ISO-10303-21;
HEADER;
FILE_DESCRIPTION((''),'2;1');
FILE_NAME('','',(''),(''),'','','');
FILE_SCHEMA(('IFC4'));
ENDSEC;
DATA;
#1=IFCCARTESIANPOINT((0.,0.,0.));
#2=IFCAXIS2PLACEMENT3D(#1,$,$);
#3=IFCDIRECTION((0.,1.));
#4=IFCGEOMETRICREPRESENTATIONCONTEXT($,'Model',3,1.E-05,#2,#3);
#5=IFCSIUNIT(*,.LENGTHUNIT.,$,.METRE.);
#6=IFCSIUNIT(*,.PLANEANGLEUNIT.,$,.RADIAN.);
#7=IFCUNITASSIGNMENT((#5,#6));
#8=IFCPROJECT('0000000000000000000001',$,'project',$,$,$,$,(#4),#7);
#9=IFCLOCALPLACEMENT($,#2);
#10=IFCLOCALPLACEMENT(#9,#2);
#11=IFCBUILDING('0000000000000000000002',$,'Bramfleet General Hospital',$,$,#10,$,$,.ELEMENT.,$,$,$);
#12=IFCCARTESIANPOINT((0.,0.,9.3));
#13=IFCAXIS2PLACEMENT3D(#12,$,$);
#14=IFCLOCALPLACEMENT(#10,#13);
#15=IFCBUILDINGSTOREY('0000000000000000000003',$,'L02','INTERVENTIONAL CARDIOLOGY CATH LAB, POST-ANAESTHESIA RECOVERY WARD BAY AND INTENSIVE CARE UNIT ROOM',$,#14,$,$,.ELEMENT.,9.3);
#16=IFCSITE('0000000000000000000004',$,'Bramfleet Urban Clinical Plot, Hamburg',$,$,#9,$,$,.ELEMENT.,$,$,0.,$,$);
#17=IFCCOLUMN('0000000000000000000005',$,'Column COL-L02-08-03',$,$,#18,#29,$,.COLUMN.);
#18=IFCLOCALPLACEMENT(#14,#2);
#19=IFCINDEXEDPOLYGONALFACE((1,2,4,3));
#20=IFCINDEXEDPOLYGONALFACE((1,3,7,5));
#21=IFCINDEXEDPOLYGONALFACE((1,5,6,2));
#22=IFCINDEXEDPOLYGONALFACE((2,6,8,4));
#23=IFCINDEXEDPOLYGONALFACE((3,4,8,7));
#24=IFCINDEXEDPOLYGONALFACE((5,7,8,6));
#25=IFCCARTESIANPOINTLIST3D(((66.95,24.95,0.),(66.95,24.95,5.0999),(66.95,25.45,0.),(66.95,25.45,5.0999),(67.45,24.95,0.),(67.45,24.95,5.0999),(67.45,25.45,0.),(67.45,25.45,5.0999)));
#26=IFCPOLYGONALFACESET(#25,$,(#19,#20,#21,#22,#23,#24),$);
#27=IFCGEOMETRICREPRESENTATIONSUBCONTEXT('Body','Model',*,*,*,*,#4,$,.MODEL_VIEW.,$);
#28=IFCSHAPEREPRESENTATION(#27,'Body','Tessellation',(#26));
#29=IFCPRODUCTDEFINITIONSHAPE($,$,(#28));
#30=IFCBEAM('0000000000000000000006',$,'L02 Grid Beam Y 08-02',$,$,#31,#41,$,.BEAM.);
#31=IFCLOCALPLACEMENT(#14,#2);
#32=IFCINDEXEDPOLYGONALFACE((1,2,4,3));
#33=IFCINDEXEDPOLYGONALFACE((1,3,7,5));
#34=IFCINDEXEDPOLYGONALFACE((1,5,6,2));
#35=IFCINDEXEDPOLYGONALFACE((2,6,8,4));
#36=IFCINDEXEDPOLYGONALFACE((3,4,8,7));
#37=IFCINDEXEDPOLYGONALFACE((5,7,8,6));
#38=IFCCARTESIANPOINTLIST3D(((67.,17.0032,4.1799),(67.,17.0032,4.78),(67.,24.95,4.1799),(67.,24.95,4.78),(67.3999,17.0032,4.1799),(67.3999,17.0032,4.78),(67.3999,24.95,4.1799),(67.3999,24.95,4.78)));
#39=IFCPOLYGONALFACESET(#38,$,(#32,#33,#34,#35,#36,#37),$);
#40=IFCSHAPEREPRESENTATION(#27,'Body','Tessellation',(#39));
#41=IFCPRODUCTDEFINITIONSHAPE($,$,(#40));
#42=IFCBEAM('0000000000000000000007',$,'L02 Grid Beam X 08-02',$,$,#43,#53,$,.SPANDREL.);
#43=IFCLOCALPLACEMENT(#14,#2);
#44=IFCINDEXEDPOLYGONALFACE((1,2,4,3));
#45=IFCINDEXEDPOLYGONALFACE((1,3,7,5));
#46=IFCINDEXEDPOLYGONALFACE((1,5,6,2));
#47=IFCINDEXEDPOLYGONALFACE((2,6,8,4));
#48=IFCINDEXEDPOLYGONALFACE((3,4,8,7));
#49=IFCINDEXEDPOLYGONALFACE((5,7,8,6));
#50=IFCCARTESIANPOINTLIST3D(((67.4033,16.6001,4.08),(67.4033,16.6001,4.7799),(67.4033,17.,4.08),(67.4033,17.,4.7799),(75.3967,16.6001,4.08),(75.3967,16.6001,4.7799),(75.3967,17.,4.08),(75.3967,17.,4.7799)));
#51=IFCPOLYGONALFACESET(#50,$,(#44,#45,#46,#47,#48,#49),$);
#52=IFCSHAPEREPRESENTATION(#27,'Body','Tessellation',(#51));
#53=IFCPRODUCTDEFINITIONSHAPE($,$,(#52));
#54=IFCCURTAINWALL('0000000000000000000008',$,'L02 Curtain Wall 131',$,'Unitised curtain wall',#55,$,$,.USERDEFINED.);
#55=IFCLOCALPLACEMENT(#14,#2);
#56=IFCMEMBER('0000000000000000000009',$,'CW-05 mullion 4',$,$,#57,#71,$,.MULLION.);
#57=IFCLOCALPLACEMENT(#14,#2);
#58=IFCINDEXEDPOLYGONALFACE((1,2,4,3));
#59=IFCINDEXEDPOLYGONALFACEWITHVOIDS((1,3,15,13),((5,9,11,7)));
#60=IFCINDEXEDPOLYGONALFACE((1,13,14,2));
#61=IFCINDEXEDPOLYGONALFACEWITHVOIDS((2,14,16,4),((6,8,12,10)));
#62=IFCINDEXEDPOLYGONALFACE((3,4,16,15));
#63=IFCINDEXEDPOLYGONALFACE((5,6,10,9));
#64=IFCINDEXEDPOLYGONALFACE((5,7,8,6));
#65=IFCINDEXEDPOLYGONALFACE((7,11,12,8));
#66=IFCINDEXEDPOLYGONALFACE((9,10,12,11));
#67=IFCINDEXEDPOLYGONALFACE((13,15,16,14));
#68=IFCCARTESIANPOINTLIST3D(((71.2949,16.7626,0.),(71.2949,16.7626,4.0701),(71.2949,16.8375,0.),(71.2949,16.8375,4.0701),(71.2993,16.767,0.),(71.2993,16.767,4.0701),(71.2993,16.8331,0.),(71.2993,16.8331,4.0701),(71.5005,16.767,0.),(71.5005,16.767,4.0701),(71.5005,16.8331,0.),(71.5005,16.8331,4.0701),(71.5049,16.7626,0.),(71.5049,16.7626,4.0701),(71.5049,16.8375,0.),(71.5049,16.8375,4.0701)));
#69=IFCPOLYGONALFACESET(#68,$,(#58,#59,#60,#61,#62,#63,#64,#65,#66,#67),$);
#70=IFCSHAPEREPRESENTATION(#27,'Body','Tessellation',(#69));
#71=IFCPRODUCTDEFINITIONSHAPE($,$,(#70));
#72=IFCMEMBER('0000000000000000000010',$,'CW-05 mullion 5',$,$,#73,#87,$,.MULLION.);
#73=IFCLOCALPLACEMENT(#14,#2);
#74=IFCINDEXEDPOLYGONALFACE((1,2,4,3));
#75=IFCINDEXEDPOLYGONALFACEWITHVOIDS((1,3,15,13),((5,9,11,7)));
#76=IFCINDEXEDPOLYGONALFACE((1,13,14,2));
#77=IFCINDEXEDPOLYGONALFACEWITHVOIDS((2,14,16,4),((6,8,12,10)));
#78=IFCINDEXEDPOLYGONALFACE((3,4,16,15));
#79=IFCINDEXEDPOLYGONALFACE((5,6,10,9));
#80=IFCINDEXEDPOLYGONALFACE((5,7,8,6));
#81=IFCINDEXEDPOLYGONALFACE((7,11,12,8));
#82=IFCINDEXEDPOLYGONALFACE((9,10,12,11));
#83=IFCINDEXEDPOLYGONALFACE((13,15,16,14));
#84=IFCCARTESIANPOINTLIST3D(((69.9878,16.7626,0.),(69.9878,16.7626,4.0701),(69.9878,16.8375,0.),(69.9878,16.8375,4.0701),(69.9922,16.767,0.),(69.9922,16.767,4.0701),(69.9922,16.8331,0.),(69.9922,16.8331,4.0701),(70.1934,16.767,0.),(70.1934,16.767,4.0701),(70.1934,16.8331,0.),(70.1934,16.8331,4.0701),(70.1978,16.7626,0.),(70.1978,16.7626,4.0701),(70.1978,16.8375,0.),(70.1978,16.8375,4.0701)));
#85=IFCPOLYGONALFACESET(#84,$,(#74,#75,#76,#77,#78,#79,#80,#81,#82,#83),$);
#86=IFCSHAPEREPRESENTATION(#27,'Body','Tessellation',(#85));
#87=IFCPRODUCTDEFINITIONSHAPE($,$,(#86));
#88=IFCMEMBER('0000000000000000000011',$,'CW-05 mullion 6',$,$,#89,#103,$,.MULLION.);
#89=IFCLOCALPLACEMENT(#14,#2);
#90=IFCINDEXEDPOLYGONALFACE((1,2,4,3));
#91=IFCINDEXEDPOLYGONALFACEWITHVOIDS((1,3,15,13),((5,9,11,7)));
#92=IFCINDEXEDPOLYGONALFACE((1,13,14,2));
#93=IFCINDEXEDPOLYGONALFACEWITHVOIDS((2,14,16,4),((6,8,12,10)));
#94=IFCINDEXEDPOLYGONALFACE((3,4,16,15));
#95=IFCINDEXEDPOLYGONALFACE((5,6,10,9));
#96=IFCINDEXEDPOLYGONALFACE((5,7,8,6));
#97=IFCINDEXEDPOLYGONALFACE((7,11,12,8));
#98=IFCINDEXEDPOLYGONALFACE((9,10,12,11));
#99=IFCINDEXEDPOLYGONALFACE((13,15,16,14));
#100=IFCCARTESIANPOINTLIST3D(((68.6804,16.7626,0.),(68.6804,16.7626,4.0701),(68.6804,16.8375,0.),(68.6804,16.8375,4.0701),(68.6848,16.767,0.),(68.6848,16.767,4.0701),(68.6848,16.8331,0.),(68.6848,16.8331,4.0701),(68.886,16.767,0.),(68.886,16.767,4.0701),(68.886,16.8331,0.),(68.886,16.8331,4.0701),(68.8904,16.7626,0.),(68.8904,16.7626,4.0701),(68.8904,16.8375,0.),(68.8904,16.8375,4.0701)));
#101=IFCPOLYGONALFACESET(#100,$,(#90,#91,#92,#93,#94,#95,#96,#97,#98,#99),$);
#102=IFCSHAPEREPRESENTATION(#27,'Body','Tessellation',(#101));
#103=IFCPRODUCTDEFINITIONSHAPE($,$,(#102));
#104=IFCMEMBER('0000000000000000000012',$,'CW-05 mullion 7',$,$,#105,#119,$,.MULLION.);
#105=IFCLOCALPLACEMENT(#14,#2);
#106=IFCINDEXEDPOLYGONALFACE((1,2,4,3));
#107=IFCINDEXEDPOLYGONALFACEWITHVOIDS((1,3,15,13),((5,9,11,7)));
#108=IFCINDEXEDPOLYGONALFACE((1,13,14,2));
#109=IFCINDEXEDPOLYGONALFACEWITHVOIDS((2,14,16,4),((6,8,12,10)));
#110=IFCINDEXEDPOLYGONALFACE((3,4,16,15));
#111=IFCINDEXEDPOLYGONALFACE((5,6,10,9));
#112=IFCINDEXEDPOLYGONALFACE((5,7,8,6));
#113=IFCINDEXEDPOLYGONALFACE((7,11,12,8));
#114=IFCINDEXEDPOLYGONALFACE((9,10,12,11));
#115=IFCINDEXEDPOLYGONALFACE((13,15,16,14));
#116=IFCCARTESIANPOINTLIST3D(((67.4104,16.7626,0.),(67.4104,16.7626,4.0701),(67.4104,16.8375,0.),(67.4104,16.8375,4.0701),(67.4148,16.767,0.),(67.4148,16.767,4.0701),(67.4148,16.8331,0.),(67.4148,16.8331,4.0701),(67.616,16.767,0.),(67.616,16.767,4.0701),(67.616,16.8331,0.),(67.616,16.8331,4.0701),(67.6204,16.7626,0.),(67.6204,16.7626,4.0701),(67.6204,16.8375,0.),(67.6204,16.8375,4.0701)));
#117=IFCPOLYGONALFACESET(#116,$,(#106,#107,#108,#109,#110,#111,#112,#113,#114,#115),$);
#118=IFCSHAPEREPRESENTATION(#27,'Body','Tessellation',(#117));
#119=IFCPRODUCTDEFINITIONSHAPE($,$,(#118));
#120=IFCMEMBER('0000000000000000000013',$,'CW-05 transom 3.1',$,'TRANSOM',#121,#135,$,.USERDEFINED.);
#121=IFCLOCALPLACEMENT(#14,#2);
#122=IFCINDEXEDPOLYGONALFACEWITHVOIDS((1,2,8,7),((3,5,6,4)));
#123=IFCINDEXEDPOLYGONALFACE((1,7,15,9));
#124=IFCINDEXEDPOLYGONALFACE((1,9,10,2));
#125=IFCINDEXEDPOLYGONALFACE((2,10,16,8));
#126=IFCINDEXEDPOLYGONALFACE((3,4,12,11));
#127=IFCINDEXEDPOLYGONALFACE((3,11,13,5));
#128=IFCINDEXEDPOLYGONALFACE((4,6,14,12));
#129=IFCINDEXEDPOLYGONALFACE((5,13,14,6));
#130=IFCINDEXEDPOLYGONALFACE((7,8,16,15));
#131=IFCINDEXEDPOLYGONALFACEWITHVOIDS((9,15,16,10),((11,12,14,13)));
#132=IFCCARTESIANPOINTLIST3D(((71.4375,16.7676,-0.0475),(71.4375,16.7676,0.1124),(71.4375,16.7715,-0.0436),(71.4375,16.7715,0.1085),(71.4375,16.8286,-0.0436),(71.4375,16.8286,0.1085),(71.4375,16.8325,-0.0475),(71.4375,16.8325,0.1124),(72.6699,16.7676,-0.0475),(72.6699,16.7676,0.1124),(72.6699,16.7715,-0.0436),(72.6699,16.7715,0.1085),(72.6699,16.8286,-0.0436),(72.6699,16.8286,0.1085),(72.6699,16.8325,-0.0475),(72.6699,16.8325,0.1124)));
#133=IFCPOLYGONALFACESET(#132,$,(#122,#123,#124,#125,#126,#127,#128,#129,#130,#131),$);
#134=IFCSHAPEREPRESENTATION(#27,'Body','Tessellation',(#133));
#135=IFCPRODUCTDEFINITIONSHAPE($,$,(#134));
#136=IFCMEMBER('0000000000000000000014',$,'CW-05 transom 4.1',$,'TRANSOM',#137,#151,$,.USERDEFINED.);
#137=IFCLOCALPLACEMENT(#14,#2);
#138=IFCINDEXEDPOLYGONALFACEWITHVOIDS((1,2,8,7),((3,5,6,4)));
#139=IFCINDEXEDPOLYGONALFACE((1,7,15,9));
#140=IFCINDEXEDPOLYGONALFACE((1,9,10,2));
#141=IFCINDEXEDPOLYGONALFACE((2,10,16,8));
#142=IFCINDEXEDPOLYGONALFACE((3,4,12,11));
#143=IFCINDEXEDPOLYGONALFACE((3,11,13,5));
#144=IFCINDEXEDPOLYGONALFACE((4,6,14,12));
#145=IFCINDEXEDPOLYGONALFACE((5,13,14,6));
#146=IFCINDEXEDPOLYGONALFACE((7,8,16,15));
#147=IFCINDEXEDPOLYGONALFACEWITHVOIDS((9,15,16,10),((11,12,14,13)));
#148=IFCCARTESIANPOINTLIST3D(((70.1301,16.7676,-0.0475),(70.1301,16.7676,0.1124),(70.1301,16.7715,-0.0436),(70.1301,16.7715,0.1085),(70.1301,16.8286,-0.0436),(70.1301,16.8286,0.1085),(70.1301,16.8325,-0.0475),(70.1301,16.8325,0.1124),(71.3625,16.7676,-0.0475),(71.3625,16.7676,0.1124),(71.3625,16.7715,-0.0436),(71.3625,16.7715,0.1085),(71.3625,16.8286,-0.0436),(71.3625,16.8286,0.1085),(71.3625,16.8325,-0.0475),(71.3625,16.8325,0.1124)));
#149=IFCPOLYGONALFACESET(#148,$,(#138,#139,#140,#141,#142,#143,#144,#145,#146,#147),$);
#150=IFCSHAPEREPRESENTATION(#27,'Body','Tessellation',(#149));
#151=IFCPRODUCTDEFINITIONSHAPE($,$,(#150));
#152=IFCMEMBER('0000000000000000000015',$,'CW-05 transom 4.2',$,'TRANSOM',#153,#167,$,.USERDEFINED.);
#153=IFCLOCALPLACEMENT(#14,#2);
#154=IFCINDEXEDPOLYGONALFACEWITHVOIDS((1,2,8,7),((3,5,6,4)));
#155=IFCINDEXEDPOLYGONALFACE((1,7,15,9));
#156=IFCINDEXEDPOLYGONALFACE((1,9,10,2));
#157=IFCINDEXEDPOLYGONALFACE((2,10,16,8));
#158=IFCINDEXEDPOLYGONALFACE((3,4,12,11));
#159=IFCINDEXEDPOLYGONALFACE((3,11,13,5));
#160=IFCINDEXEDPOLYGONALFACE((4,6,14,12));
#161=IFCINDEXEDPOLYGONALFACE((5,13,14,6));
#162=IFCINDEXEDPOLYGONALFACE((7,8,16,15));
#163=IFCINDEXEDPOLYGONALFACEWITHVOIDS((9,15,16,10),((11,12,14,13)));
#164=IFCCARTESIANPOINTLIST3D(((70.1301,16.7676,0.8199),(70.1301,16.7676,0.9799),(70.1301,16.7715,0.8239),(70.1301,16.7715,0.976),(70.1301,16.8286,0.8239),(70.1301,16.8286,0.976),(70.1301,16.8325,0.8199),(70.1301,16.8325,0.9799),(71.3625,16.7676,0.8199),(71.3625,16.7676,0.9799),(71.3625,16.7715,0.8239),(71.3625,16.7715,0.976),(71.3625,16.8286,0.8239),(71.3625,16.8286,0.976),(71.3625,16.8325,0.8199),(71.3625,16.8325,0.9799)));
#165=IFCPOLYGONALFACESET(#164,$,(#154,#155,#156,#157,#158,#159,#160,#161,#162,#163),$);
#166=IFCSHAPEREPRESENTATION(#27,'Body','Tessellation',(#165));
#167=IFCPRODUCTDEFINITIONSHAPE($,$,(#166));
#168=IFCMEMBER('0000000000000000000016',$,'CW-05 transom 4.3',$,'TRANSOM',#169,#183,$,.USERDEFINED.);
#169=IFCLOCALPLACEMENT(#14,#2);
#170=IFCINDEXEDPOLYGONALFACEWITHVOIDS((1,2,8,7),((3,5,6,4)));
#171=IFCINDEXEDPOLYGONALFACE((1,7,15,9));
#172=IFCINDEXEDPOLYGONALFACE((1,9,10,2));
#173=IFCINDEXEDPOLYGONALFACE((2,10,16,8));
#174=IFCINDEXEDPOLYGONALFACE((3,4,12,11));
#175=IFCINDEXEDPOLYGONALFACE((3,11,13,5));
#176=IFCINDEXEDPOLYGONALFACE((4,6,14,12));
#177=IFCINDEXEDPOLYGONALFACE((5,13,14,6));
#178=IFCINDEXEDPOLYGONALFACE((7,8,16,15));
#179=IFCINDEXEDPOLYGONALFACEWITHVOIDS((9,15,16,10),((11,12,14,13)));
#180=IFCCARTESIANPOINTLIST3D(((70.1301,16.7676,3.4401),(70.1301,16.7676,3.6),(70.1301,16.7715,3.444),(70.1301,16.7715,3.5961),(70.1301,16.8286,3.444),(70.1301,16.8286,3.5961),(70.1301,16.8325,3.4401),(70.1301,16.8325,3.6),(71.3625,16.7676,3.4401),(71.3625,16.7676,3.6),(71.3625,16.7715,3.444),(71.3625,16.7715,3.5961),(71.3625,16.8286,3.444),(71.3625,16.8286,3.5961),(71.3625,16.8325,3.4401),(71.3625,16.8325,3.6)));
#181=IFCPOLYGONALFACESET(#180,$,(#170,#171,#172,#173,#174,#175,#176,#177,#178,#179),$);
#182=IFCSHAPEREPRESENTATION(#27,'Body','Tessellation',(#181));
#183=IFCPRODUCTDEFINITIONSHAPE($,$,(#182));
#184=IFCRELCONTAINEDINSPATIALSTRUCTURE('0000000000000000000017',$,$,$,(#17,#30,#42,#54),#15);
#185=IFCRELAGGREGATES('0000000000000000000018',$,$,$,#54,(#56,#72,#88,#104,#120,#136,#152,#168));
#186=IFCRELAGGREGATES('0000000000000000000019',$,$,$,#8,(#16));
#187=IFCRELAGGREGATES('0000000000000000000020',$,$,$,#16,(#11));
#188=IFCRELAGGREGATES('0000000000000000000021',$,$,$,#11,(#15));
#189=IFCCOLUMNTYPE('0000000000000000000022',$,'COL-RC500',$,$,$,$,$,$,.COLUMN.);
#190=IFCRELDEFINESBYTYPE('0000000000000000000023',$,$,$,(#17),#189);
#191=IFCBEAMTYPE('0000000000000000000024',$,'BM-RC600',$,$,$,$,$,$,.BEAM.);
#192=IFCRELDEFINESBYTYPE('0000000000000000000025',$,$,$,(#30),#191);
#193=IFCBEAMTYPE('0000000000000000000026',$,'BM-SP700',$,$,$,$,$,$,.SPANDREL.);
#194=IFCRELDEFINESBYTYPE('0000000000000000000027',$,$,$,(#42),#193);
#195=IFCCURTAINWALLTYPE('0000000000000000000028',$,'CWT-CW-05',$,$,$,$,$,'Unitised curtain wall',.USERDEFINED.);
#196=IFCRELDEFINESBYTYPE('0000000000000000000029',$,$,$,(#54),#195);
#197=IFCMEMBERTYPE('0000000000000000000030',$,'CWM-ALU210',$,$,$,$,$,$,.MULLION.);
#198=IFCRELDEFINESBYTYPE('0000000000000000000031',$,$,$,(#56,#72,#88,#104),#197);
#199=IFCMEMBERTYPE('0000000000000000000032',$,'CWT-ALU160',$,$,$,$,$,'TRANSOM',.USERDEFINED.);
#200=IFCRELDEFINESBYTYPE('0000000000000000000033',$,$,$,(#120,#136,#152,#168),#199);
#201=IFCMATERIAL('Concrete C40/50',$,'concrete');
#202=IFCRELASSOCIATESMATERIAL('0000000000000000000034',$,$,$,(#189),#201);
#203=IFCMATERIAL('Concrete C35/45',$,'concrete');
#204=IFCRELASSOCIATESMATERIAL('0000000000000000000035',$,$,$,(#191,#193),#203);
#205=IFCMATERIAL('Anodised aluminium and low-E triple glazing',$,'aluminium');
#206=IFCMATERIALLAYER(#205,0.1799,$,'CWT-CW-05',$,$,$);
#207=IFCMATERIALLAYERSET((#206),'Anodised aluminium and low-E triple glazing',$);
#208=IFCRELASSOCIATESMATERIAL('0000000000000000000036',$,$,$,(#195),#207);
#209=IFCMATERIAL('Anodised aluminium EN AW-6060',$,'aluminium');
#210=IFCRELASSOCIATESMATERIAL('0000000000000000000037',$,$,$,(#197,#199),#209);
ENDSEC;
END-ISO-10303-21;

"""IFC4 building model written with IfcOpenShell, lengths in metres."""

from ifc_helpers import new_model, si_unit, direction, frame, origin, origin_2d, place, context, subcontext, project, spatial, rectangle, hollow_rectangle, extrude, material, layer, layer_set, material_profile, profile_set, type_object, element, aggregate, save


model = new_model("IFC4")

# Units and contexts
model_context = context("Model", 3, precision=1e-05, world=origin(), true_north=direction((0.0, 1.0)))
body_context = subcontext(model_context, "Body", "Model", "MODEL_VIEW")
ifc_project = project(units=[si_unit("LENGTHUNIT", "METRE"), si_unit("PLANEANGLEUNIT", "RADIAN")], contexts=[model_context])

# Site, building, storey
site_placement = place(None, origin())
site = spatial("IfcSite", under=ifc_project, at=site_placement, Name="Bramfleet Urban Clinical Plot, Hamburg", CompositionType="ELEMENT", RefElevation=0.0)
building_placement = place(site_placement, origin())
building = spatial("IfcBuilding", under=site, at=building_placement, Name="Bramfleet General Hospital", CompositionType="ELEMENT")
storey_placement = place(building_placement, frame((0.0, 0.0, 9.3)))
storey = spatial("IfcBuildingStorey", under=building, at=storey_placement, Name="L02", Description="INTERVENTIONAL CARDIOLOGY CATH LAB, POST-ANAESTHESIA RECOVERY WARD BAY AND INTENSIVE CARE UNIT ROOM", CompositionType="ELEMENT", Elevation=9.3)

# Column
ifc_material_1 = material(Name="Concrete C40/50", Category="concrete")
ifc_material_profile_1 = material_profile(ifc_material_1, rectangle(XDim=0.5, YDim=0.5, at=origin_2d()), Name="RC COL 500x500")
ifc_profile_set_1 = profile_set([ifc_material_profile_1], Name="Concrete C40/50")
column_type = type_object("IfcColumnType", Name="COL-RC500", PredefinedType="COLUMN", material=ifc_profile_set_1)
column_placement = place(storey_placement, frame((67.2, 25.2, 0.0), z_axis=(0.0, 0.0, 1.0), x_axis=(1.0, 0.0, 0.0)))
element("IfcColumn", 1, at=column_placement, inside=storey, type_object=column_type, Name="Column COL-L02-08-03", PredefinedType="COLUMN", context=body_context, shape_type="SweptSolid", body=[
    extrude(rectangle(XDim=0.5, YDim=0.5, at=origin_2d()), origin(), (0.0, 0.0, 1.0), 5.0999),
])

# Beams
ifc_material_2 = material(Name="Concrete C35/45", Category="concrete")
ifc_material_profile_2 = material_profile(ifc_material_2, rectangle(XDim=0.3999, YDim=0.6001, at=origin_2d()), Name="RC BM 600x400")
ifc_profile_set_2 = profile_set([ifc_material_profile_2], Name="Concrete C35/45")
beam_type_1 = type_object("IfcBeamType", Name="BM-RC600", PredefinedType="BEAM", material=ifc_profile_set_2)
beam_1_placement = place(storey_placement, frame((67.2, 17.0032, 4.48), z_axis=(0.0, 1.0, 0.0), x_axis=(-1.0, 0.0, 0.0)))
element("IfcBeam", 2, at=beam_1_placement, inside=storey, type_object=beam_type_1, Name="L02 Grid Beam Y 08-02", PredefinedType="BEAM", context=body_context, shape_type="SweptSolid", body=[
    extrude(rectangle(XDim=0.3999, YDim=0.6001, at=origin_2d()), origin(), (0.0, 0.0, 1.0), 7.9468),
])
ifc_material_profile_3 = material_profile(ifc_material_2, rectangle(XDim=0.3999, YDim=0.7, at=origin_2d()), Name="RC SP 700x400")
ifc_profile_set_3 = profile_set([ifc_material_profile_3], Name="Concrete C35/45")
beam_type_2 = type_object("IfcBeamType", Name="BM-SP700", PredefinedType="SPANDREL", material=ifc_profile_set_3)
beam_2_placement = place(storey_placement, frame((67.4033, 16.8, 4.4299), z_axis=(1.0, 0.0, 0.0), x_axis=(0.0, 1.0, 0.0)))
element("IfcBeam", 3, at=beam_2_placement, inside=storey, type_object=beam_type_2, Name="L02 Grid Beam X 08-02", PredefinedType="SPANDREL", context=body_context, shape_type="SweptSolid", body=[
    extrude(rectangle(XDim=0.3999, YDim=0.7, at=origin_2d()), origin(), (0.0, 0.0, 1.0), 7.9934),
])

# Curtain wall, members
ifc_material_3 = material(Name="Anodised aluminium and low-E triple glazing", Category="aluminium")
ifc_layer_1 = layer(ifc_material_3, 0.1799, Name="CWT-CW-05")
ifc_layer_set_1 = layer_set([ifc_layer_1], Name="Anodised aluminium and low-E triple glazing")
curtain_wall_type = type_object("IfcCurtainWallType", Name="CWT-CW-05", ElementType="Unitised curtain wall", PredefinedType="USERDEFINED", material=ifc_layer_set_1)
curtain_wall_placement = place(storey_placement, origin())
curtain_wall = element("IfcCurtainWall", 4, at=curtain_wall_placement, inside=storey, type_object=curtain_wall_type, Name="L02 Curtain Wall 131", ObjectType="Unitised curtain wall", PredefinedType="USERDEFINED")
ifc_material_4 = material(Name="Anodised aluminium EN AW-6060", Category="aluminium")
ifc_material_profile_4 = material_profile(ifc_material_4, hollow_rectangle(XDim=0.075, YDim=0.21, WallThickness=0.0044, at=origin_2d()), Name="ALU 210x75x4.5")
ifc_profile_set_4 = profile_set([ifc_material_profile_4], Name="Anodised aluminium EN AW-6060")
member_type_1 = type_object("IfcMemberType", Name="CWM-ALU210", PredefinedType="MULLION", material=ifc_profile_set_4)
member_1_placement = place(storey_placement, frame((71.3999, 16.8, 0.0), z_axis=(0.0, 0.0, 1.0), x_axis=(0.0, -1.0, 0.0)))
member_1 = element("IfcMember", 5, at=member_1_placement, type_object=member_type_1, Name="CW-05 mullion 4", PredefinedType="MULLION", context=body_context, shape_type="SweptSolid", body=[
    extrude(hollow_rectangle(XDim=0.075, YDim=0.21, WallThickness=0.0044, at=origin_2d()), origin(), (0.0, 0.0, 1.0), 4.0701),
])
member_2_placement = place(storey_placement, frame((70.0928, 16.8, 0.0), z_axis=(0.0, 0.0, 1.0), x_axis=(0.0, -1.0, 0.0)))
member_2 = element("IfcMember", 6, at=member_2_placement, type_object=member_type_1, Name="CW-05 mullion 5", PredefinedType="MULLION", context=body_context, shape_type="SweptSolid", body=[
    extrude(hollow_rectangle(XDim=0.075, YDim=0.21, WallThickness=0.0044, at=origin_2d()), origin(), (0.0, 0.0, 1.0), 4.0701),
])
member_3_placement = place(storey_placement, frame((68.7854, 16.8, 0.0), z_axis=(0.0, 0.0, 1.0), x_axis=(0.0, -1.0, 0.0)))
member_3 = element("IfcMember", 7, at=member_3_placement, type_object=member_type_1, Name="CW-05 mullion 6", PredefinedType="MULLION", context=body_context, shape_type="SweptSolid", body=[
    extrude(hollow_rectangle(XDim=0.075, YDim=0.21, WallThickness=0.0044, at=origin_2d()), origin(), (0.0, 0.0, 1.0), 4.0701),
])
member_4_placement = place(storey_placement, frame((67.5154, 16.8, 0.0), z_axis=(0.0, 0.0, 1.0), x_axis=(0.0, -1.0, 0.0)))
member_4 = element("IfcMember", 8, at=member_4_placement, type_object=member_type_1, Name="CW-05 mullion 7", PredefinedType="MULLION", context=body_context, shape_type="SweptSolid", body=[
    extrude(hollow_rectangle(XDim=0.075, YDim=0.21, WallThickness=0.0044, at=origin_2d()), origin(), (0.0, 0.0, 1.0), 4.0701),
])
ifc_material_profile_5 = material_profile(ifc_material_4, hollow_rectangle(XDim=0.0649, YDim=0.1599, WallThickness=0.0039, at=origin_2d()), Name="ALU 160x65x4.0")
ifc_profile_set_5 = profile_set([ifc_material_profile_5], Name="Anodised aluminium EN AW-6060")
member_type_2 = type_object("IfcMemberType", Name="CWT-ALU160", ElementType="TRANSOM", PredefinedType="USERDEFINED", material=ifc_profile_set_5)
member_5_placement = place(storey_placement, frame((72.6699, 16.8, 0.0325), z_axis=(-1.0, 0.0, 0.0), x_axis=(0.0, -1.0, 0.0)))
member_5 = element("IfcMember", 9, at=member_5_placement, type_object=member_type_2, Name="CW-05 transom 3.1", ObjectType="TRANSOM", PredefinedType="USERDEFINED", context=body_context, shape_type="SweptSolid", body=[
    extrude(hollow_rectangle(XDim=0.0649, YDim=0.1599, WallThickness=0.0039, at=origin_2d()), origin(), (0.0, 0.0, 1.0), 1.2324),
])
member_6_placement = place(storey_placement, frame((71.3625, 16.8, 0.0325), z_axis=(-1.0, 0.0, 0.0), x_axis=(0.0, -1.0, 0.0)))
member_6 = element("IfcMember", 10, at=member_6_placement, type_object=member_type_2, Name="CW-05 transom 4.1", ObjectType="TRANSOM", PredefinedType="USERDEFINED", context=body_context, shape_type="SweptSolid", body=[
    extrude(hollow_rectangle(XDim=0.0649, YDim=0.1599, WallThickness=0.0039, at=origin_2d()), origin(), (0.0, 0.0, 1.0), 1.2324),
])
member_7_placement = place(storey_placement, frame((71.3625, 16.8, 0.8999), z_axis=(-1.0, 0.0, 0.0), x_axis=(0.0, -1.0, 0.0)))
member_7 = element("IfcMember", 11, at=member_7_placement, type_object=member_type_2, Name="CW-05 transom 4.2", ObjectType="TRANSOM", PredefinedType="USERDEFINED", context=body_context, shape_type="SweptSolid", body=[
    extrude(hollow_rectangle(XDim=0.0649, YDim=0.1599, WallThickness=0.0039, at=origin_2d()), origin(), (0.0, 0.0, 1.0), 1.2324),
])
member_8_placement = place(storey_placement, frame((71.3625, 16.8, 3.52), z_axis=(-1.0, 0.0, 0.0), x_axis=(0.0, -1.0, 0.0)))
member_8 = element("IfcMember", 12, at=member_8_placement, type_object=member_type_2, Name="CW-05 transom 4.3", ObjectType="TRANSOM", PredefinedType="USERDEFINED", context=body_context, shape_type="SweptSolid", body=[
    extrude(hollow_rectangle(XDim=0.0649, YDim=0.1599, WallThickness=0.0039, at=origin_2d()), origin(), (0.0, 0.0, 1.0), 1.2324),
])
aggregate(curtain_wall, [member_1, member_2, member_3, member_4, member_5, member_6, member_7, member_8])

save(model, "model.ifc")
